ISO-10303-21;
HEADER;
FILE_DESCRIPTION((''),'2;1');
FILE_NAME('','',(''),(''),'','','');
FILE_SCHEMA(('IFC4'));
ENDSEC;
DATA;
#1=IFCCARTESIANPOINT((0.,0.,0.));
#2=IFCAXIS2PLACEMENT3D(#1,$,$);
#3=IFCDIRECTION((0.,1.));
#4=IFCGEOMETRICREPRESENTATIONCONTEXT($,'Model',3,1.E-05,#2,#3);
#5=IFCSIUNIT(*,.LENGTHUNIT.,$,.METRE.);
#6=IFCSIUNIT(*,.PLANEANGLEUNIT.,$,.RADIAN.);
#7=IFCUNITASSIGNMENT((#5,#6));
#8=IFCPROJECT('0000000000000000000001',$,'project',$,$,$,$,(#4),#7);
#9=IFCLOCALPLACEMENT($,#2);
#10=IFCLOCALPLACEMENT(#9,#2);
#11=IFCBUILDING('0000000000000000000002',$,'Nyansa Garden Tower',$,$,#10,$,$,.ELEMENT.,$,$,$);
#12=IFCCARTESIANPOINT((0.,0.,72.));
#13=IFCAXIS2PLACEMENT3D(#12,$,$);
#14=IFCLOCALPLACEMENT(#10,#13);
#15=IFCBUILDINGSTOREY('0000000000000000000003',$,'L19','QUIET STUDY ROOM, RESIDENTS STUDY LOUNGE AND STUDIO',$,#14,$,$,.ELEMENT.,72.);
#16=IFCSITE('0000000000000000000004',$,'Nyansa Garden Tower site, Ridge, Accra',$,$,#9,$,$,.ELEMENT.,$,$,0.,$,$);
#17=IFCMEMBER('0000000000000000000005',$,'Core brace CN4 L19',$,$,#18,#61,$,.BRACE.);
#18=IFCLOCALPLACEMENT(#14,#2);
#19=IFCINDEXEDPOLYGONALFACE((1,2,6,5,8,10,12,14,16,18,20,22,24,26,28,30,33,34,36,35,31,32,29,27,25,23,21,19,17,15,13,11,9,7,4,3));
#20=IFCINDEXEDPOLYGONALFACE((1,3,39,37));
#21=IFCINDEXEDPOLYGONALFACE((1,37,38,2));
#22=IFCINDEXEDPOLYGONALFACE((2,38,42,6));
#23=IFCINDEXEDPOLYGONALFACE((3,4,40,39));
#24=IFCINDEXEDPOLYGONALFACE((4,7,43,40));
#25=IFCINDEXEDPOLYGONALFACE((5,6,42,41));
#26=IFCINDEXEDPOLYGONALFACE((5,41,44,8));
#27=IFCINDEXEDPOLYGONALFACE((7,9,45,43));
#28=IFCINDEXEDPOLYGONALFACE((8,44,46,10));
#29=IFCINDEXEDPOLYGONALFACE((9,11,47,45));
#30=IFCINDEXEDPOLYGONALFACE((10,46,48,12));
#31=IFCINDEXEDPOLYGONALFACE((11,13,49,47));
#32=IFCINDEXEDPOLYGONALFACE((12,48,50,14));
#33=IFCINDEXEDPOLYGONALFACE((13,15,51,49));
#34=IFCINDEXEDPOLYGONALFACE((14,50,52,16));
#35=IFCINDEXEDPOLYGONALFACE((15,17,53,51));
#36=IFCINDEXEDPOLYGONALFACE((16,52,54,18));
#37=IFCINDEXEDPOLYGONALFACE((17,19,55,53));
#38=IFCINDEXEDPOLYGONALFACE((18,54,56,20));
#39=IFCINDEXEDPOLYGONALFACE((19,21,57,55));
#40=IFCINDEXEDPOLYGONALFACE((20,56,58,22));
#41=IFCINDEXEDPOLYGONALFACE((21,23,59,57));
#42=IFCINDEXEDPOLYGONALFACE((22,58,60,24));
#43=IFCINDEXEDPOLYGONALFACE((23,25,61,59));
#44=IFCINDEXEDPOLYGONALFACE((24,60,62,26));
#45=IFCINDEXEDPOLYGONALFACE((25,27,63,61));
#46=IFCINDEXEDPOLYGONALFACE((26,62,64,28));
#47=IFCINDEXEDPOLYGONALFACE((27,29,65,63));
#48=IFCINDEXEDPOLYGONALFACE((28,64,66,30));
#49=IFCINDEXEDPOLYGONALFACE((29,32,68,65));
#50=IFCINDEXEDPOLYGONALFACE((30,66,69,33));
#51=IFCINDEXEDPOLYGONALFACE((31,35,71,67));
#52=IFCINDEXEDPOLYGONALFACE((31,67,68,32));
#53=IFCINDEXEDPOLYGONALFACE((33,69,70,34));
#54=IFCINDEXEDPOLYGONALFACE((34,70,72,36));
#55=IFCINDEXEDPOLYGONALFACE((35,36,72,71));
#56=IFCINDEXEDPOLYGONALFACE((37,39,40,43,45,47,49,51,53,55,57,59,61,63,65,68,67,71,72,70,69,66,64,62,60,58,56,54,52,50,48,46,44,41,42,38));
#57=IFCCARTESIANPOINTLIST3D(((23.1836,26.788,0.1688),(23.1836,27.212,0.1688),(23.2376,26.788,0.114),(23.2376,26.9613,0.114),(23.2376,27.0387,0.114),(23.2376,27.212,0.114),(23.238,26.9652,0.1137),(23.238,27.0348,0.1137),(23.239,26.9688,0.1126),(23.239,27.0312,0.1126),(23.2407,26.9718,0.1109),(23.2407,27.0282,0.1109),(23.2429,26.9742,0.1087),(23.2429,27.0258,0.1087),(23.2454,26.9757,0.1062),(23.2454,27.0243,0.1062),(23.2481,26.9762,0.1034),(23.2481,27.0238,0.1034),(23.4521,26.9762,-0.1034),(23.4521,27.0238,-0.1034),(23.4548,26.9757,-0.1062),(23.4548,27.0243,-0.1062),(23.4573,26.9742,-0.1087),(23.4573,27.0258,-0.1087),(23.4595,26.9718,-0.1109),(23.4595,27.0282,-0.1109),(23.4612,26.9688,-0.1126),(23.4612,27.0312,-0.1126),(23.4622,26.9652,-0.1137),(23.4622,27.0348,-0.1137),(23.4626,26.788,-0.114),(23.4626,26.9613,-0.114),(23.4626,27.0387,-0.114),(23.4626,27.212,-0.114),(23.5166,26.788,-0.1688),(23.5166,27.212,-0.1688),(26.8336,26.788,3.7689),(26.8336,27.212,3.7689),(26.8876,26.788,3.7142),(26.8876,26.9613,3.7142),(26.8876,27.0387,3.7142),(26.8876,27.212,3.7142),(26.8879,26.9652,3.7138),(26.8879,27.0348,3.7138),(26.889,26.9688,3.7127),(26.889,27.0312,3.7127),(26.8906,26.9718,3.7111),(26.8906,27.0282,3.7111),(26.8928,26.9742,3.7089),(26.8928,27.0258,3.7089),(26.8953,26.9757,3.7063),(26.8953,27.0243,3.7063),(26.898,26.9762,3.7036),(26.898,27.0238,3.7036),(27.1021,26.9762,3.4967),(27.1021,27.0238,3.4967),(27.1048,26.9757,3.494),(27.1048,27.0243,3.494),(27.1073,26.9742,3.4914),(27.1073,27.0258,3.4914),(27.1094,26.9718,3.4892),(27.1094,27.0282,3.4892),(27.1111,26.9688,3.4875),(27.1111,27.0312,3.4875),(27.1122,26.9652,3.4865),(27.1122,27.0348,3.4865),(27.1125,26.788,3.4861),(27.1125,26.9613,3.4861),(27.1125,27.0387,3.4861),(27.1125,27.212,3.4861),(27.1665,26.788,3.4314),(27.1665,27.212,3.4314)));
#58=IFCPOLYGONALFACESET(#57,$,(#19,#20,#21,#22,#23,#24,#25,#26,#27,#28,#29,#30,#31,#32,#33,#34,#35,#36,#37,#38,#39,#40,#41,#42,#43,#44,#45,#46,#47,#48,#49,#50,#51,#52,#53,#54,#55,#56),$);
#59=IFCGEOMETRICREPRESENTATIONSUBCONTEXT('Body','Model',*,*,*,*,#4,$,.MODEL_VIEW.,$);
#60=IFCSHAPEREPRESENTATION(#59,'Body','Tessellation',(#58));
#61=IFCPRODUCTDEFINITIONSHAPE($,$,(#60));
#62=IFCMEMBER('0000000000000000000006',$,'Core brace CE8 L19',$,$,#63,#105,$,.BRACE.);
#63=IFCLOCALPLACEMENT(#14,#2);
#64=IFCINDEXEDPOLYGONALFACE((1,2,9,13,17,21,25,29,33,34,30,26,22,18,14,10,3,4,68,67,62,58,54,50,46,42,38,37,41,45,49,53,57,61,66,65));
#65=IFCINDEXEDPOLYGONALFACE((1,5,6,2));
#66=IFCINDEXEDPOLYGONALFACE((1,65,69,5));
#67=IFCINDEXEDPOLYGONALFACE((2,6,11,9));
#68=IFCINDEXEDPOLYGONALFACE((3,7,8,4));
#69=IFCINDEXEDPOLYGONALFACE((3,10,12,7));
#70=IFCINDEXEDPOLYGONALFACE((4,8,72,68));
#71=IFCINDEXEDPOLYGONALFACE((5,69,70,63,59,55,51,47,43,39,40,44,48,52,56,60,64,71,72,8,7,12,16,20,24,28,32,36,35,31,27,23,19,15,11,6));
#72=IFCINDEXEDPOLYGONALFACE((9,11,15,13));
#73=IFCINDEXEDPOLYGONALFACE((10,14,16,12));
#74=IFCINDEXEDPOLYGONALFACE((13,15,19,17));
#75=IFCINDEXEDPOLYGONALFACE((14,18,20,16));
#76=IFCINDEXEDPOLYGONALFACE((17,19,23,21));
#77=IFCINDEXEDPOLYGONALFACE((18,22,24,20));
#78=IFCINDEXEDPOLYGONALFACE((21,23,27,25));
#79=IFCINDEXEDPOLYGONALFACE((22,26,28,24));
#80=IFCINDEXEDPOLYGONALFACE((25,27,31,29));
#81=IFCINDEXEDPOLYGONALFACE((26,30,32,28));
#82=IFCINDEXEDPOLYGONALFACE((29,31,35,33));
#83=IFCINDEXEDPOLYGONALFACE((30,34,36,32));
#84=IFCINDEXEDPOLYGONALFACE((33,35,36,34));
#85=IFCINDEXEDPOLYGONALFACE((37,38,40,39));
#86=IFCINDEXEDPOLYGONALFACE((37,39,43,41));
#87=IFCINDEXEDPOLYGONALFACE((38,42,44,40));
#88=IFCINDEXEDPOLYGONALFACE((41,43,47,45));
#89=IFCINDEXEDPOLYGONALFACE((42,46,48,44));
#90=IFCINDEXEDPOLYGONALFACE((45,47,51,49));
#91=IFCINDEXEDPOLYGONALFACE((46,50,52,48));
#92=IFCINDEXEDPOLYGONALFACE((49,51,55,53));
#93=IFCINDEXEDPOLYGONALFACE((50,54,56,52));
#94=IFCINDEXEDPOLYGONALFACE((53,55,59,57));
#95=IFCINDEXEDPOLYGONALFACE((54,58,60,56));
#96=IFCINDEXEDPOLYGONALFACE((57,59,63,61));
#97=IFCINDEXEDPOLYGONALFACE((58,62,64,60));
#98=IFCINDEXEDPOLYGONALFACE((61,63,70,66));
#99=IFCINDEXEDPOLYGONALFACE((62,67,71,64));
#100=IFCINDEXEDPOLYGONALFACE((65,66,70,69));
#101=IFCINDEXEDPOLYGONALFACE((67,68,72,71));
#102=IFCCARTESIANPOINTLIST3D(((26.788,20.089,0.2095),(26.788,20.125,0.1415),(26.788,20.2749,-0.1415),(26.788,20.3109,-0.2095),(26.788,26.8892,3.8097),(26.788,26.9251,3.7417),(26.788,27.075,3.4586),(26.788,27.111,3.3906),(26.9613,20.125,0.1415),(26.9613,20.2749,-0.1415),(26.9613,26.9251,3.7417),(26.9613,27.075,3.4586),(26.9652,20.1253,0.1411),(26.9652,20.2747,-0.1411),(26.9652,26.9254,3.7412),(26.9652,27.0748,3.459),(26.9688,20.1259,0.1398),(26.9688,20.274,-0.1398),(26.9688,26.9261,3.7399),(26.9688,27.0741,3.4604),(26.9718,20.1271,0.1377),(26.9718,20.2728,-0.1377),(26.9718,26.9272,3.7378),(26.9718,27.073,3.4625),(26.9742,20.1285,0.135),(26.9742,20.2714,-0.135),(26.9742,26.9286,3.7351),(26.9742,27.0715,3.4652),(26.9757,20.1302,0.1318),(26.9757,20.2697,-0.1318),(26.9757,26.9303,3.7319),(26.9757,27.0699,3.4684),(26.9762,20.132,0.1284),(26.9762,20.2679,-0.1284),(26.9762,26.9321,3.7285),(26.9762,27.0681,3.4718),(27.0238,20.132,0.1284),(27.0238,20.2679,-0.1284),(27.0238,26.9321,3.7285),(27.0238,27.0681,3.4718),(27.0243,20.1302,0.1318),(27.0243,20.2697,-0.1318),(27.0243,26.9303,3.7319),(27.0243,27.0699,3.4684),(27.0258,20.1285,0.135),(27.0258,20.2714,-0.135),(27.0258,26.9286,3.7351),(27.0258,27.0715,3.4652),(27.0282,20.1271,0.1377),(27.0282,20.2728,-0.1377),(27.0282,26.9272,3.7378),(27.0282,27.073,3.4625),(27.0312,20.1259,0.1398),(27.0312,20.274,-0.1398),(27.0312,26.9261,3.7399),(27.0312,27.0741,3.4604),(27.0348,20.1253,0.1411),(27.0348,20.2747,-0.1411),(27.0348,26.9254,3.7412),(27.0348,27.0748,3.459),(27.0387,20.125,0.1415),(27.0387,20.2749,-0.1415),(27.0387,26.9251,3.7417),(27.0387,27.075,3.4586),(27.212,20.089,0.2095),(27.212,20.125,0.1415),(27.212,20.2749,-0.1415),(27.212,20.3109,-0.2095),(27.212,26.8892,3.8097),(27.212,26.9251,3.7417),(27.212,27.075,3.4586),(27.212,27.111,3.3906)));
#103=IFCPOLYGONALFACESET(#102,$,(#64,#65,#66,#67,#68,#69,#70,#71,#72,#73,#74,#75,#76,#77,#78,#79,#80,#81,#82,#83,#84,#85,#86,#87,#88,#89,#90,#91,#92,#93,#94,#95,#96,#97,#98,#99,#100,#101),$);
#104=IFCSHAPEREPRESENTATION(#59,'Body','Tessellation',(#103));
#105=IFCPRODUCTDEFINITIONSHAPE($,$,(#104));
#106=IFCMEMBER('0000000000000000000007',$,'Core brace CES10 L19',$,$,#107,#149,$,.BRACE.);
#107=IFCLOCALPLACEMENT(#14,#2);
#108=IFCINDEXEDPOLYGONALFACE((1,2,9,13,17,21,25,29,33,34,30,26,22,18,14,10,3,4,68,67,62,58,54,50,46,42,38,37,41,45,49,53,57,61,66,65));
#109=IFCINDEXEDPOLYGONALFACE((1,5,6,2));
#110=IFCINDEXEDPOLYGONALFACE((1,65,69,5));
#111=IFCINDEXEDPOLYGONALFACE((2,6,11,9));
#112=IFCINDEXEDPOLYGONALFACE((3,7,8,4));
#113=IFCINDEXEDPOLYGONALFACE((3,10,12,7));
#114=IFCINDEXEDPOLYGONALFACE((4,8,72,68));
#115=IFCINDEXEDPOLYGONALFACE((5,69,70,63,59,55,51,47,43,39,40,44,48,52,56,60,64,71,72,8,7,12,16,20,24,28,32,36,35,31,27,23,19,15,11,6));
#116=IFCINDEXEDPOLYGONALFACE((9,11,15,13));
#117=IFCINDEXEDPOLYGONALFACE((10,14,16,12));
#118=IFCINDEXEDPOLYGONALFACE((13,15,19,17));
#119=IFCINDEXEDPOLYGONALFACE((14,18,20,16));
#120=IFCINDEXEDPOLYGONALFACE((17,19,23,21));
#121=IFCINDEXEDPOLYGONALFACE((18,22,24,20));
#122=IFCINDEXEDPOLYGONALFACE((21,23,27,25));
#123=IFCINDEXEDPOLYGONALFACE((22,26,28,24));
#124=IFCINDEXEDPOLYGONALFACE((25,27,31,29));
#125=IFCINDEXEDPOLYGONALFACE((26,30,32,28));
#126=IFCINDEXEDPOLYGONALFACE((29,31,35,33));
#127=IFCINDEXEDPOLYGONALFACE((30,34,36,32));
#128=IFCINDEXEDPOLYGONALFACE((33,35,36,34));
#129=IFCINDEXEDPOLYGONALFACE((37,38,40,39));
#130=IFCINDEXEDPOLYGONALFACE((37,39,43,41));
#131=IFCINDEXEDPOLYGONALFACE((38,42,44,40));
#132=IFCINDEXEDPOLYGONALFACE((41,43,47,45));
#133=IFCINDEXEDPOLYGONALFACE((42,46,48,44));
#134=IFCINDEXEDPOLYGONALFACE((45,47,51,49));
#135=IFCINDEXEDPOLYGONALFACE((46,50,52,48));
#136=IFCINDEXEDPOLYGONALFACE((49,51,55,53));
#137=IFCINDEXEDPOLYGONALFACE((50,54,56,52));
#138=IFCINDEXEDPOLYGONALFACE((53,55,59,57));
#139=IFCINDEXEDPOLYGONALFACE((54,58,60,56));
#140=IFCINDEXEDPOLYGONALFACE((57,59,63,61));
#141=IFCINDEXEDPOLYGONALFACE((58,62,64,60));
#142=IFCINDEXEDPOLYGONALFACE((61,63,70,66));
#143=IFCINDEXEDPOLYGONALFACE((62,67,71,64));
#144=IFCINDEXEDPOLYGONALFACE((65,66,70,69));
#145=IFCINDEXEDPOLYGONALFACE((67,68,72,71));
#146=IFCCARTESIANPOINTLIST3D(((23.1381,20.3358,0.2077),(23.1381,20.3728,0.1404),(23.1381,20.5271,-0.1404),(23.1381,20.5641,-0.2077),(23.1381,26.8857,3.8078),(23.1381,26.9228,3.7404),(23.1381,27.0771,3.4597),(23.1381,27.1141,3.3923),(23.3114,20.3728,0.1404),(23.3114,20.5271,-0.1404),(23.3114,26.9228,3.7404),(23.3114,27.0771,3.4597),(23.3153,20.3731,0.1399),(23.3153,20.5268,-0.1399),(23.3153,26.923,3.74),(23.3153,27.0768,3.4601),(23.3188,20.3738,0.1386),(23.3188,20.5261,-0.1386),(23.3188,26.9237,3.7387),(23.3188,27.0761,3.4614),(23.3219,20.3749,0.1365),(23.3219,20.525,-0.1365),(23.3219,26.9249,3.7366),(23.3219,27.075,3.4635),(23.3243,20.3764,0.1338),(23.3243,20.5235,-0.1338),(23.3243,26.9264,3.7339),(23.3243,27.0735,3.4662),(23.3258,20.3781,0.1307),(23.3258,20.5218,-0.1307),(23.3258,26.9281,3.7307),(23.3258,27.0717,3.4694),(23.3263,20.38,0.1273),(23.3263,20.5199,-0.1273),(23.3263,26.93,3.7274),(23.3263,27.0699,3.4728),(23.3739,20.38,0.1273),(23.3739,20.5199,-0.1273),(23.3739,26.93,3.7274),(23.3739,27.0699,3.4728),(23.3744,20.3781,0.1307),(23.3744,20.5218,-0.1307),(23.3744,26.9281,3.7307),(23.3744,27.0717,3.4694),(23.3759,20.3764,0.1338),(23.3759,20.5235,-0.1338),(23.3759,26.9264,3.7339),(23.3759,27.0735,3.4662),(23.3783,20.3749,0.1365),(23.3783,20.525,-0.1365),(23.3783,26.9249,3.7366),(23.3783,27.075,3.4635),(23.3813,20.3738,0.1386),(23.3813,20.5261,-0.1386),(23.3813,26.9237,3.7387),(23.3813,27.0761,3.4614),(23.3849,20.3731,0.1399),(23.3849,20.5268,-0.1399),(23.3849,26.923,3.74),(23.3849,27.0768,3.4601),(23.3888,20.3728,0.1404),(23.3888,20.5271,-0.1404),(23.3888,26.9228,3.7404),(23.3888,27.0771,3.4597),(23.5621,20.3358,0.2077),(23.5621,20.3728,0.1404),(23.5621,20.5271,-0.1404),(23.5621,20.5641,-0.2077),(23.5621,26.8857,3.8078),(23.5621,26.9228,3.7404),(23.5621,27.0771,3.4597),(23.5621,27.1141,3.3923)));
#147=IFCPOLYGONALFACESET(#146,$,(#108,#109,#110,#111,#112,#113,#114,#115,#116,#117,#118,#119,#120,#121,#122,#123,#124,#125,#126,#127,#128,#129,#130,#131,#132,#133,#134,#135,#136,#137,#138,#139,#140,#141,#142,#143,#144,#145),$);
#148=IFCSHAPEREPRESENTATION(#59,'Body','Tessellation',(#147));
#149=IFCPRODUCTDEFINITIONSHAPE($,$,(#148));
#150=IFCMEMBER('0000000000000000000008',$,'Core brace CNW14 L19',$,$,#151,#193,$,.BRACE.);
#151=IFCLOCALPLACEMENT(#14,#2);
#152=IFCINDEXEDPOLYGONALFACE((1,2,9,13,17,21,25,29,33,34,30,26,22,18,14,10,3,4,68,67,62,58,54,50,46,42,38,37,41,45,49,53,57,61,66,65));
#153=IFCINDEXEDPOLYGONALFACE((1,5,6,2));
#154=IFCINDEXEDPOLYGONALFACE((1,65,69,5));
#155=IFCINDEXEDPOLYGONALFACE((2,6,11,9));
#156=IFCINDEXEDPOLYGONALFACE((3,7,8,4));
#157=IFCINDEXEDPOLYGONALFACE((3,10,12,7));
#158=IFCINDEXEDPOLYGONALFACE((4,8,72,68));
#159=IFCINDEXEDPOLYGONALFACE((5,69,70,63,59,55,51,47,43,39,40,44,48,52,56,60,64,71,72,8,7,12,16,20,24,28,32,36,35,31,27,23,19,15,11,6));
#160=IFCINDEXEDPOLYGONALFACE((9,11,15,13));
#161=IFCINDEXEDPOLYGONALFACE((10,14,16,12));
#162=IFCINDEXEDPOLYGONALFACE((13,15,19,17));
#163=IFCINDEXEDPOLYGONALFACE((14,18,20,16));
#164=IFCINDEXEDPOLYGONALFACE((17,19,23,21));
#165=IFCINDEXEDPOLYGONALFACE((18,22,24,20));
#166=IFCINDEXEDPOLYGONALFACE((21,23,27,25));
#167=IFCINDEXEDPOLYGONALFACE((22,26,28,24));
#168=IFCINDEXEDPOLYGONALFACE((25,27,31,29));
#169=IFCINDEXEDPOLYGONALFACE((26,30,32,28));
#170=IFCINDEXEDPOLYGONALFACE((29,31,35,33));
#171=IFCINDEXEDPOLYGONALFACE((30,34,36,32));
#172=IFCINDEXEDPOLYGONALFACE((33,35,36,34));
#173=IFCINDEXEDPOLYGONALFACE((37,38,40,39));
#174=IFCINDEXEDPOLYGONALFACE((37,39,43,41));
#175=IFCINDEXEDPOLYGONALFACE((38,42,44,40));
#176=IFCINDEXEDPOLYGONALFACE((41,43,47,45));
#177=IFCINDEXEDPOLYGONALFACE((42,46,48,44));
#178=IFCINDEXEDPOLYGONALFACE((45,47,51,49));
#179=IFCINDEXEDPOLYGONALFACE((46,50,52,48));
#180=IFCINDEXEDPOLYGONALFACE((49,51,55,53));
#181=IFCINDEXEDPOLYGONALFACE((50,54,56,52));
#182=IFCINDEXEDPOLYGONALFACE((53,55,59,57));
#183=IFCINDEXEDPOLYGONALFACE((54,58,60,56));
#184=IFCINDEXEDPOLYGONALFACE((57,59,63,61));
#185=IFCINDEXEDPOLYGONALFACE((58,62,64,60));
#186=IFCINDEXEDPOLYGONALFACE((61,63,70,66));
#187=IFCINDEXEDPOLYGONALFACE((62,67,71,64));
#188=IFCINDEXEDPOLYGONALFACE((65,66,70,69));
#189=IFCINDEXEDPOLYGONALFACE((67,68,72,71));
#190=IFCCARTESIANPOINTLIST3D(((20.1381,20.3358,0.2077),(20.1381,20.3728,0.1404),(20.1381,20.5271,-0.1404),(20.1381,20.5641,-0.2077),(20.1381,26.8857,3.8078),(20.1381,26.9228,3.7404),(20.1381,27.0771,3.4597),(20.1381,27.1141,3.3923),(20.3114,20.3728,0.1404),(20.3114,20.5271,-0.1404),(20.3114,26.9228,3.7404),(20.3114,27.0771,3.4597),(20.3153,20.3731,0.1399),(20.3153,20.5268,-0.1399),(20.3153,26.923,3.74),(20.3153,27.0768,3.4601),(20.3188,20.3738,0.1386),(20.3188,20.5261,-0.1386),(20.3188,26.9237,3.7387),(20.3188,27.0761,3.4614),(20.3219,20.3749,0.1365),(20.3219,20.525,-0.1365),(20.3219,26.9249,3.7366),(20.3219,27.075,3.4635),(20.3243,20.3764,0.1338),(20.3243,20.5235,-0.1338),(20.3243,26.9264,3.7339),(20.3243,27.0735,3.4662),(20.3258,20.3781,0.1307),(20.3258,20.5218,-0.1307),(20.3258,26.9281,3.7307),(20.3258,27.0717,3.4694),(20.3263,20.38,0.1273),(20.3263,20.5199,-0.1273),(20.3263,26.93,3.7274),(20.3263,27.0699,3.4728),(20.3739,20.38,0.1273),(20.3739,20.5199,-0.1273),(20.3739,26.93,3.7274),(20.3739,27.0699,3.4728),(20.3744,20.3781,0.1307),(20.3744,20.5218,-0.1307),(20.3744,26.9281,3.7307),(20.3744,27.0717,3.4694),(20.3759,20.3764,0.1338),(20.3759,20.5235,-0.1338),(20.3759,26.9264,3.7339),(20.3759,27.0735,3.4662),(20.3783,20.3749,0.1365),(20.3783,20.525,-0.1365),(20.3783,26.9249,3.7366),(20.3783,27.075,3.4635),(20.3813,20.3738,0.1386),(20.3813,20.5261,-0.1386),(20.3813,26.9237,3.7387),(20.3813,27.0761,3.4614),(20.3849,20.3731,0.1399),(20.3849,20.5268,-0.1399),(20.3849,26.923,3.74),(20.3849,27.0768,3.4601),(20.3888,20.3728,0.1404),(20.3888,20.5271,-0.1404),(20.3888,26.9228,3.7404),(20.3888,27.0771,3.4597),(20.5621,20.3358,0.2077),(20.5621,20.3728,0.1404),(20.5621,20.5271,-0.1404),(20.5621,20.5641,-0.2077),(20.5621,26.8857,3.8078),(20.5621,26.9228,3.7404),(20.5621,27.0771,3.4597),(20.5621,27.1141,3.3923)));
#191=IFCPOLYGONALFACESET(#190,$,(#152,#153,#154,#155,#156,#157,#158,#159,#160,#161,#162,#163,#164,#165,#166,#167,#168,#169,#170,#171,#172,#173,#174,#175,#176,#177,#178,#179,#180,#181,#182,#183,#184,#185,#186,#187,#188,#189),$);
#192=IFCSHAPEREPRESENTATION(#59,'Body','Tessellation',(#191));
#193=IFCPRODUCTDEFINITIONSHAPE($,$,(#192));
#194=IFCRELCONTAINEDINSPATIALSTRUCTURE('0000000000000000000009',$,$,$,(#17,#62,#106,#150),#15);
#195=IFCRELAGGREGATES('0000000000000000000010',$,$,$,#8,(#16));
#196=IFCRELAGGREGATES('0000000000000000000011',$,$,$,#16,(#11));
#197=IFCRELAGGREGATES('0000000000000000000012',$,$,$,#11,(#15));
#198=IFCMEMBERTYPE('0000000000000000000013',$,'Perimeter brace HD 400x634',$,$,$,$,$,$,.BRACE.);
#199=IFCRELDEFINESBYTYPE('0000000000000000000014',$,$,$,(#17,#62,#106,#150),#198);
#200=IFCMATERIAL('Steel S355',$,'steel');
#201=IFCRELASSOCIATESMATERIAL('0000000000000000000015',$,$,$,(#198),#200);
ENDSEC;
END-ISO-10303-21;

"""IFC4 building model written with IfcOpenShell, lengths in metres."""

from ifc_helpers import new_model, si_unit, direction, frame, origin, origin_2d, place, context, subcontext, project, spatial, i_section, extrude, material, material_profile, profile_set, type_object, element, save


model = new_model("IFC4")

# Units and contexts
model_context = context("Model", 3, precision=1e-05, world=origin(), true_north=direction((0.0, 1.0)))
body_context = subcontext(model_context, "Body", "Model", "MODEL_VIEW")
ifc_project = project(units=[si_unit("LENGTHUNIT", "METRE"), si_unit("PLANEANGLEUNIT", "RADIAN")], contexts=[model_context])

# Site, building, storey
site_placement = place(None, origin())
site = spatial("IfcSite", under=ifc_project, at=site_placement, Name="Nyansa Garden Tower site, Ridge, Accra", CompositionType="ELEMENT", RefElevation=0.0)
building_placement = place(site_placement, origin())
building = spatial("IfcBuilding", under=site, at=building_placement, Name="Nyansa Garden Tower", CompositionType="ELEMENT")
storey_placement = place(building_placement, frame((0.0, 0.0, 72.0)))
storey = spatial("IfcBuildingStorey", under=building, at=storey_placement, Name="L19", Description="QUIET STUDY ROOM, RESIDENTS STUDY LOUNGE AND STUDIO", CompositionType="ELEMENT", Elevation=72.0)

# Members
ifc_material_1 = material(Name="Steel S355", Category="steel")
ifc_material_profile_1 = material_profile(ifc_material_1, i_section(OverallWidth=0.4241, OverallDepth=0.4741, WebThickness=0.0476, FlangeThickness=0.0769, FilletRadius=0.0149, at=origin_2d()), Name="HD 400x634")
ifc_profile_set_1 = profile_set([ifc_material_profile_1], Name="Steel S355")
member_type = type_object("IfcMemberType", Name="Perimeter brace HD 400x634", PredefinedType="BRACE", material=ifc_profile_set_1)
member_1_placement = place(storey_placement, frame((23.3501, 27.0, 0.0), z_axis=(0.711948, 0.0, 0.702233), x_axis=(0.0, 1.0, 0.0)))
element("IfcMember", 1, at=member_1_placement, inside=storey, type_object=member_type, Name="Core brace CN4 L19", PredefinedType="BRACE", context=body_context, shape_type="SweptSolid", body=[
    extrude(i_section(OverallWidth=0.4241, OverallDepth=0.4741, WebThickness=0.0476, FlangeThickness=0.0769, FilletRadius=0.0149, at=origin_2d()), origin(), (0.0, 0.0, 1.0), 5.1267),
])
member_2_placement = place(storey_placement, frame((27.0, 20.2, 0.0), z_axis=(0.0, 0.883784, 0.467895), x_axis=(-1.0, 0.0, 0.0)))
element("IfcMember", 2, at=member_2_placement, inside=storey, type_object=member_type, Name="Core brace CE8 L19", PredefinedType="BRACE", context=body_context, shape_type="SweptSolid", body=[
    extrude(i_section(OverallWidth=0.4241, OverallDepth=0.4741, WebThickness=0.0476, FlangeThickness=0.0769, FilletRadius=0.0149, at=origin_2d()), origin(), (0.0, 0.0, 1.0), 7.6943),
])
for number, where, z_axis, x_axis, name in (
    (3, (23.3501, 20.45, 0.0), (0.0, 0.876353, 0.481669), (-1.0, 0.0, 0.0), "Core brace CES10 L19"),
    (4, (20.3501, 20.45, 0.0), (0.0, 0.876353, 0.481669), (-1.0, 0.0, 0.0), "Core brace CNW14 L19"),
):
    element("IfcMember", number, at=place(storey_placement, frame(where, z_axis=z_axis, x_axis=x_axis)), inside=storey, type_object=member_type, Name=name, PredefinedType="BRACE", context=body_context, shape_type="SweptSolid", body=[
        extrude(i_section(OverallWidth=0.4241, OverallDepth=0.4741, WebThickness=0.0476, FlangeThickness=0.0769, FilletRadius=0.0149, at=origin_2d()), origin(), (0.0, 0.0, 1.0), 7.4741),
    ])

save(model, "model.ifc")
